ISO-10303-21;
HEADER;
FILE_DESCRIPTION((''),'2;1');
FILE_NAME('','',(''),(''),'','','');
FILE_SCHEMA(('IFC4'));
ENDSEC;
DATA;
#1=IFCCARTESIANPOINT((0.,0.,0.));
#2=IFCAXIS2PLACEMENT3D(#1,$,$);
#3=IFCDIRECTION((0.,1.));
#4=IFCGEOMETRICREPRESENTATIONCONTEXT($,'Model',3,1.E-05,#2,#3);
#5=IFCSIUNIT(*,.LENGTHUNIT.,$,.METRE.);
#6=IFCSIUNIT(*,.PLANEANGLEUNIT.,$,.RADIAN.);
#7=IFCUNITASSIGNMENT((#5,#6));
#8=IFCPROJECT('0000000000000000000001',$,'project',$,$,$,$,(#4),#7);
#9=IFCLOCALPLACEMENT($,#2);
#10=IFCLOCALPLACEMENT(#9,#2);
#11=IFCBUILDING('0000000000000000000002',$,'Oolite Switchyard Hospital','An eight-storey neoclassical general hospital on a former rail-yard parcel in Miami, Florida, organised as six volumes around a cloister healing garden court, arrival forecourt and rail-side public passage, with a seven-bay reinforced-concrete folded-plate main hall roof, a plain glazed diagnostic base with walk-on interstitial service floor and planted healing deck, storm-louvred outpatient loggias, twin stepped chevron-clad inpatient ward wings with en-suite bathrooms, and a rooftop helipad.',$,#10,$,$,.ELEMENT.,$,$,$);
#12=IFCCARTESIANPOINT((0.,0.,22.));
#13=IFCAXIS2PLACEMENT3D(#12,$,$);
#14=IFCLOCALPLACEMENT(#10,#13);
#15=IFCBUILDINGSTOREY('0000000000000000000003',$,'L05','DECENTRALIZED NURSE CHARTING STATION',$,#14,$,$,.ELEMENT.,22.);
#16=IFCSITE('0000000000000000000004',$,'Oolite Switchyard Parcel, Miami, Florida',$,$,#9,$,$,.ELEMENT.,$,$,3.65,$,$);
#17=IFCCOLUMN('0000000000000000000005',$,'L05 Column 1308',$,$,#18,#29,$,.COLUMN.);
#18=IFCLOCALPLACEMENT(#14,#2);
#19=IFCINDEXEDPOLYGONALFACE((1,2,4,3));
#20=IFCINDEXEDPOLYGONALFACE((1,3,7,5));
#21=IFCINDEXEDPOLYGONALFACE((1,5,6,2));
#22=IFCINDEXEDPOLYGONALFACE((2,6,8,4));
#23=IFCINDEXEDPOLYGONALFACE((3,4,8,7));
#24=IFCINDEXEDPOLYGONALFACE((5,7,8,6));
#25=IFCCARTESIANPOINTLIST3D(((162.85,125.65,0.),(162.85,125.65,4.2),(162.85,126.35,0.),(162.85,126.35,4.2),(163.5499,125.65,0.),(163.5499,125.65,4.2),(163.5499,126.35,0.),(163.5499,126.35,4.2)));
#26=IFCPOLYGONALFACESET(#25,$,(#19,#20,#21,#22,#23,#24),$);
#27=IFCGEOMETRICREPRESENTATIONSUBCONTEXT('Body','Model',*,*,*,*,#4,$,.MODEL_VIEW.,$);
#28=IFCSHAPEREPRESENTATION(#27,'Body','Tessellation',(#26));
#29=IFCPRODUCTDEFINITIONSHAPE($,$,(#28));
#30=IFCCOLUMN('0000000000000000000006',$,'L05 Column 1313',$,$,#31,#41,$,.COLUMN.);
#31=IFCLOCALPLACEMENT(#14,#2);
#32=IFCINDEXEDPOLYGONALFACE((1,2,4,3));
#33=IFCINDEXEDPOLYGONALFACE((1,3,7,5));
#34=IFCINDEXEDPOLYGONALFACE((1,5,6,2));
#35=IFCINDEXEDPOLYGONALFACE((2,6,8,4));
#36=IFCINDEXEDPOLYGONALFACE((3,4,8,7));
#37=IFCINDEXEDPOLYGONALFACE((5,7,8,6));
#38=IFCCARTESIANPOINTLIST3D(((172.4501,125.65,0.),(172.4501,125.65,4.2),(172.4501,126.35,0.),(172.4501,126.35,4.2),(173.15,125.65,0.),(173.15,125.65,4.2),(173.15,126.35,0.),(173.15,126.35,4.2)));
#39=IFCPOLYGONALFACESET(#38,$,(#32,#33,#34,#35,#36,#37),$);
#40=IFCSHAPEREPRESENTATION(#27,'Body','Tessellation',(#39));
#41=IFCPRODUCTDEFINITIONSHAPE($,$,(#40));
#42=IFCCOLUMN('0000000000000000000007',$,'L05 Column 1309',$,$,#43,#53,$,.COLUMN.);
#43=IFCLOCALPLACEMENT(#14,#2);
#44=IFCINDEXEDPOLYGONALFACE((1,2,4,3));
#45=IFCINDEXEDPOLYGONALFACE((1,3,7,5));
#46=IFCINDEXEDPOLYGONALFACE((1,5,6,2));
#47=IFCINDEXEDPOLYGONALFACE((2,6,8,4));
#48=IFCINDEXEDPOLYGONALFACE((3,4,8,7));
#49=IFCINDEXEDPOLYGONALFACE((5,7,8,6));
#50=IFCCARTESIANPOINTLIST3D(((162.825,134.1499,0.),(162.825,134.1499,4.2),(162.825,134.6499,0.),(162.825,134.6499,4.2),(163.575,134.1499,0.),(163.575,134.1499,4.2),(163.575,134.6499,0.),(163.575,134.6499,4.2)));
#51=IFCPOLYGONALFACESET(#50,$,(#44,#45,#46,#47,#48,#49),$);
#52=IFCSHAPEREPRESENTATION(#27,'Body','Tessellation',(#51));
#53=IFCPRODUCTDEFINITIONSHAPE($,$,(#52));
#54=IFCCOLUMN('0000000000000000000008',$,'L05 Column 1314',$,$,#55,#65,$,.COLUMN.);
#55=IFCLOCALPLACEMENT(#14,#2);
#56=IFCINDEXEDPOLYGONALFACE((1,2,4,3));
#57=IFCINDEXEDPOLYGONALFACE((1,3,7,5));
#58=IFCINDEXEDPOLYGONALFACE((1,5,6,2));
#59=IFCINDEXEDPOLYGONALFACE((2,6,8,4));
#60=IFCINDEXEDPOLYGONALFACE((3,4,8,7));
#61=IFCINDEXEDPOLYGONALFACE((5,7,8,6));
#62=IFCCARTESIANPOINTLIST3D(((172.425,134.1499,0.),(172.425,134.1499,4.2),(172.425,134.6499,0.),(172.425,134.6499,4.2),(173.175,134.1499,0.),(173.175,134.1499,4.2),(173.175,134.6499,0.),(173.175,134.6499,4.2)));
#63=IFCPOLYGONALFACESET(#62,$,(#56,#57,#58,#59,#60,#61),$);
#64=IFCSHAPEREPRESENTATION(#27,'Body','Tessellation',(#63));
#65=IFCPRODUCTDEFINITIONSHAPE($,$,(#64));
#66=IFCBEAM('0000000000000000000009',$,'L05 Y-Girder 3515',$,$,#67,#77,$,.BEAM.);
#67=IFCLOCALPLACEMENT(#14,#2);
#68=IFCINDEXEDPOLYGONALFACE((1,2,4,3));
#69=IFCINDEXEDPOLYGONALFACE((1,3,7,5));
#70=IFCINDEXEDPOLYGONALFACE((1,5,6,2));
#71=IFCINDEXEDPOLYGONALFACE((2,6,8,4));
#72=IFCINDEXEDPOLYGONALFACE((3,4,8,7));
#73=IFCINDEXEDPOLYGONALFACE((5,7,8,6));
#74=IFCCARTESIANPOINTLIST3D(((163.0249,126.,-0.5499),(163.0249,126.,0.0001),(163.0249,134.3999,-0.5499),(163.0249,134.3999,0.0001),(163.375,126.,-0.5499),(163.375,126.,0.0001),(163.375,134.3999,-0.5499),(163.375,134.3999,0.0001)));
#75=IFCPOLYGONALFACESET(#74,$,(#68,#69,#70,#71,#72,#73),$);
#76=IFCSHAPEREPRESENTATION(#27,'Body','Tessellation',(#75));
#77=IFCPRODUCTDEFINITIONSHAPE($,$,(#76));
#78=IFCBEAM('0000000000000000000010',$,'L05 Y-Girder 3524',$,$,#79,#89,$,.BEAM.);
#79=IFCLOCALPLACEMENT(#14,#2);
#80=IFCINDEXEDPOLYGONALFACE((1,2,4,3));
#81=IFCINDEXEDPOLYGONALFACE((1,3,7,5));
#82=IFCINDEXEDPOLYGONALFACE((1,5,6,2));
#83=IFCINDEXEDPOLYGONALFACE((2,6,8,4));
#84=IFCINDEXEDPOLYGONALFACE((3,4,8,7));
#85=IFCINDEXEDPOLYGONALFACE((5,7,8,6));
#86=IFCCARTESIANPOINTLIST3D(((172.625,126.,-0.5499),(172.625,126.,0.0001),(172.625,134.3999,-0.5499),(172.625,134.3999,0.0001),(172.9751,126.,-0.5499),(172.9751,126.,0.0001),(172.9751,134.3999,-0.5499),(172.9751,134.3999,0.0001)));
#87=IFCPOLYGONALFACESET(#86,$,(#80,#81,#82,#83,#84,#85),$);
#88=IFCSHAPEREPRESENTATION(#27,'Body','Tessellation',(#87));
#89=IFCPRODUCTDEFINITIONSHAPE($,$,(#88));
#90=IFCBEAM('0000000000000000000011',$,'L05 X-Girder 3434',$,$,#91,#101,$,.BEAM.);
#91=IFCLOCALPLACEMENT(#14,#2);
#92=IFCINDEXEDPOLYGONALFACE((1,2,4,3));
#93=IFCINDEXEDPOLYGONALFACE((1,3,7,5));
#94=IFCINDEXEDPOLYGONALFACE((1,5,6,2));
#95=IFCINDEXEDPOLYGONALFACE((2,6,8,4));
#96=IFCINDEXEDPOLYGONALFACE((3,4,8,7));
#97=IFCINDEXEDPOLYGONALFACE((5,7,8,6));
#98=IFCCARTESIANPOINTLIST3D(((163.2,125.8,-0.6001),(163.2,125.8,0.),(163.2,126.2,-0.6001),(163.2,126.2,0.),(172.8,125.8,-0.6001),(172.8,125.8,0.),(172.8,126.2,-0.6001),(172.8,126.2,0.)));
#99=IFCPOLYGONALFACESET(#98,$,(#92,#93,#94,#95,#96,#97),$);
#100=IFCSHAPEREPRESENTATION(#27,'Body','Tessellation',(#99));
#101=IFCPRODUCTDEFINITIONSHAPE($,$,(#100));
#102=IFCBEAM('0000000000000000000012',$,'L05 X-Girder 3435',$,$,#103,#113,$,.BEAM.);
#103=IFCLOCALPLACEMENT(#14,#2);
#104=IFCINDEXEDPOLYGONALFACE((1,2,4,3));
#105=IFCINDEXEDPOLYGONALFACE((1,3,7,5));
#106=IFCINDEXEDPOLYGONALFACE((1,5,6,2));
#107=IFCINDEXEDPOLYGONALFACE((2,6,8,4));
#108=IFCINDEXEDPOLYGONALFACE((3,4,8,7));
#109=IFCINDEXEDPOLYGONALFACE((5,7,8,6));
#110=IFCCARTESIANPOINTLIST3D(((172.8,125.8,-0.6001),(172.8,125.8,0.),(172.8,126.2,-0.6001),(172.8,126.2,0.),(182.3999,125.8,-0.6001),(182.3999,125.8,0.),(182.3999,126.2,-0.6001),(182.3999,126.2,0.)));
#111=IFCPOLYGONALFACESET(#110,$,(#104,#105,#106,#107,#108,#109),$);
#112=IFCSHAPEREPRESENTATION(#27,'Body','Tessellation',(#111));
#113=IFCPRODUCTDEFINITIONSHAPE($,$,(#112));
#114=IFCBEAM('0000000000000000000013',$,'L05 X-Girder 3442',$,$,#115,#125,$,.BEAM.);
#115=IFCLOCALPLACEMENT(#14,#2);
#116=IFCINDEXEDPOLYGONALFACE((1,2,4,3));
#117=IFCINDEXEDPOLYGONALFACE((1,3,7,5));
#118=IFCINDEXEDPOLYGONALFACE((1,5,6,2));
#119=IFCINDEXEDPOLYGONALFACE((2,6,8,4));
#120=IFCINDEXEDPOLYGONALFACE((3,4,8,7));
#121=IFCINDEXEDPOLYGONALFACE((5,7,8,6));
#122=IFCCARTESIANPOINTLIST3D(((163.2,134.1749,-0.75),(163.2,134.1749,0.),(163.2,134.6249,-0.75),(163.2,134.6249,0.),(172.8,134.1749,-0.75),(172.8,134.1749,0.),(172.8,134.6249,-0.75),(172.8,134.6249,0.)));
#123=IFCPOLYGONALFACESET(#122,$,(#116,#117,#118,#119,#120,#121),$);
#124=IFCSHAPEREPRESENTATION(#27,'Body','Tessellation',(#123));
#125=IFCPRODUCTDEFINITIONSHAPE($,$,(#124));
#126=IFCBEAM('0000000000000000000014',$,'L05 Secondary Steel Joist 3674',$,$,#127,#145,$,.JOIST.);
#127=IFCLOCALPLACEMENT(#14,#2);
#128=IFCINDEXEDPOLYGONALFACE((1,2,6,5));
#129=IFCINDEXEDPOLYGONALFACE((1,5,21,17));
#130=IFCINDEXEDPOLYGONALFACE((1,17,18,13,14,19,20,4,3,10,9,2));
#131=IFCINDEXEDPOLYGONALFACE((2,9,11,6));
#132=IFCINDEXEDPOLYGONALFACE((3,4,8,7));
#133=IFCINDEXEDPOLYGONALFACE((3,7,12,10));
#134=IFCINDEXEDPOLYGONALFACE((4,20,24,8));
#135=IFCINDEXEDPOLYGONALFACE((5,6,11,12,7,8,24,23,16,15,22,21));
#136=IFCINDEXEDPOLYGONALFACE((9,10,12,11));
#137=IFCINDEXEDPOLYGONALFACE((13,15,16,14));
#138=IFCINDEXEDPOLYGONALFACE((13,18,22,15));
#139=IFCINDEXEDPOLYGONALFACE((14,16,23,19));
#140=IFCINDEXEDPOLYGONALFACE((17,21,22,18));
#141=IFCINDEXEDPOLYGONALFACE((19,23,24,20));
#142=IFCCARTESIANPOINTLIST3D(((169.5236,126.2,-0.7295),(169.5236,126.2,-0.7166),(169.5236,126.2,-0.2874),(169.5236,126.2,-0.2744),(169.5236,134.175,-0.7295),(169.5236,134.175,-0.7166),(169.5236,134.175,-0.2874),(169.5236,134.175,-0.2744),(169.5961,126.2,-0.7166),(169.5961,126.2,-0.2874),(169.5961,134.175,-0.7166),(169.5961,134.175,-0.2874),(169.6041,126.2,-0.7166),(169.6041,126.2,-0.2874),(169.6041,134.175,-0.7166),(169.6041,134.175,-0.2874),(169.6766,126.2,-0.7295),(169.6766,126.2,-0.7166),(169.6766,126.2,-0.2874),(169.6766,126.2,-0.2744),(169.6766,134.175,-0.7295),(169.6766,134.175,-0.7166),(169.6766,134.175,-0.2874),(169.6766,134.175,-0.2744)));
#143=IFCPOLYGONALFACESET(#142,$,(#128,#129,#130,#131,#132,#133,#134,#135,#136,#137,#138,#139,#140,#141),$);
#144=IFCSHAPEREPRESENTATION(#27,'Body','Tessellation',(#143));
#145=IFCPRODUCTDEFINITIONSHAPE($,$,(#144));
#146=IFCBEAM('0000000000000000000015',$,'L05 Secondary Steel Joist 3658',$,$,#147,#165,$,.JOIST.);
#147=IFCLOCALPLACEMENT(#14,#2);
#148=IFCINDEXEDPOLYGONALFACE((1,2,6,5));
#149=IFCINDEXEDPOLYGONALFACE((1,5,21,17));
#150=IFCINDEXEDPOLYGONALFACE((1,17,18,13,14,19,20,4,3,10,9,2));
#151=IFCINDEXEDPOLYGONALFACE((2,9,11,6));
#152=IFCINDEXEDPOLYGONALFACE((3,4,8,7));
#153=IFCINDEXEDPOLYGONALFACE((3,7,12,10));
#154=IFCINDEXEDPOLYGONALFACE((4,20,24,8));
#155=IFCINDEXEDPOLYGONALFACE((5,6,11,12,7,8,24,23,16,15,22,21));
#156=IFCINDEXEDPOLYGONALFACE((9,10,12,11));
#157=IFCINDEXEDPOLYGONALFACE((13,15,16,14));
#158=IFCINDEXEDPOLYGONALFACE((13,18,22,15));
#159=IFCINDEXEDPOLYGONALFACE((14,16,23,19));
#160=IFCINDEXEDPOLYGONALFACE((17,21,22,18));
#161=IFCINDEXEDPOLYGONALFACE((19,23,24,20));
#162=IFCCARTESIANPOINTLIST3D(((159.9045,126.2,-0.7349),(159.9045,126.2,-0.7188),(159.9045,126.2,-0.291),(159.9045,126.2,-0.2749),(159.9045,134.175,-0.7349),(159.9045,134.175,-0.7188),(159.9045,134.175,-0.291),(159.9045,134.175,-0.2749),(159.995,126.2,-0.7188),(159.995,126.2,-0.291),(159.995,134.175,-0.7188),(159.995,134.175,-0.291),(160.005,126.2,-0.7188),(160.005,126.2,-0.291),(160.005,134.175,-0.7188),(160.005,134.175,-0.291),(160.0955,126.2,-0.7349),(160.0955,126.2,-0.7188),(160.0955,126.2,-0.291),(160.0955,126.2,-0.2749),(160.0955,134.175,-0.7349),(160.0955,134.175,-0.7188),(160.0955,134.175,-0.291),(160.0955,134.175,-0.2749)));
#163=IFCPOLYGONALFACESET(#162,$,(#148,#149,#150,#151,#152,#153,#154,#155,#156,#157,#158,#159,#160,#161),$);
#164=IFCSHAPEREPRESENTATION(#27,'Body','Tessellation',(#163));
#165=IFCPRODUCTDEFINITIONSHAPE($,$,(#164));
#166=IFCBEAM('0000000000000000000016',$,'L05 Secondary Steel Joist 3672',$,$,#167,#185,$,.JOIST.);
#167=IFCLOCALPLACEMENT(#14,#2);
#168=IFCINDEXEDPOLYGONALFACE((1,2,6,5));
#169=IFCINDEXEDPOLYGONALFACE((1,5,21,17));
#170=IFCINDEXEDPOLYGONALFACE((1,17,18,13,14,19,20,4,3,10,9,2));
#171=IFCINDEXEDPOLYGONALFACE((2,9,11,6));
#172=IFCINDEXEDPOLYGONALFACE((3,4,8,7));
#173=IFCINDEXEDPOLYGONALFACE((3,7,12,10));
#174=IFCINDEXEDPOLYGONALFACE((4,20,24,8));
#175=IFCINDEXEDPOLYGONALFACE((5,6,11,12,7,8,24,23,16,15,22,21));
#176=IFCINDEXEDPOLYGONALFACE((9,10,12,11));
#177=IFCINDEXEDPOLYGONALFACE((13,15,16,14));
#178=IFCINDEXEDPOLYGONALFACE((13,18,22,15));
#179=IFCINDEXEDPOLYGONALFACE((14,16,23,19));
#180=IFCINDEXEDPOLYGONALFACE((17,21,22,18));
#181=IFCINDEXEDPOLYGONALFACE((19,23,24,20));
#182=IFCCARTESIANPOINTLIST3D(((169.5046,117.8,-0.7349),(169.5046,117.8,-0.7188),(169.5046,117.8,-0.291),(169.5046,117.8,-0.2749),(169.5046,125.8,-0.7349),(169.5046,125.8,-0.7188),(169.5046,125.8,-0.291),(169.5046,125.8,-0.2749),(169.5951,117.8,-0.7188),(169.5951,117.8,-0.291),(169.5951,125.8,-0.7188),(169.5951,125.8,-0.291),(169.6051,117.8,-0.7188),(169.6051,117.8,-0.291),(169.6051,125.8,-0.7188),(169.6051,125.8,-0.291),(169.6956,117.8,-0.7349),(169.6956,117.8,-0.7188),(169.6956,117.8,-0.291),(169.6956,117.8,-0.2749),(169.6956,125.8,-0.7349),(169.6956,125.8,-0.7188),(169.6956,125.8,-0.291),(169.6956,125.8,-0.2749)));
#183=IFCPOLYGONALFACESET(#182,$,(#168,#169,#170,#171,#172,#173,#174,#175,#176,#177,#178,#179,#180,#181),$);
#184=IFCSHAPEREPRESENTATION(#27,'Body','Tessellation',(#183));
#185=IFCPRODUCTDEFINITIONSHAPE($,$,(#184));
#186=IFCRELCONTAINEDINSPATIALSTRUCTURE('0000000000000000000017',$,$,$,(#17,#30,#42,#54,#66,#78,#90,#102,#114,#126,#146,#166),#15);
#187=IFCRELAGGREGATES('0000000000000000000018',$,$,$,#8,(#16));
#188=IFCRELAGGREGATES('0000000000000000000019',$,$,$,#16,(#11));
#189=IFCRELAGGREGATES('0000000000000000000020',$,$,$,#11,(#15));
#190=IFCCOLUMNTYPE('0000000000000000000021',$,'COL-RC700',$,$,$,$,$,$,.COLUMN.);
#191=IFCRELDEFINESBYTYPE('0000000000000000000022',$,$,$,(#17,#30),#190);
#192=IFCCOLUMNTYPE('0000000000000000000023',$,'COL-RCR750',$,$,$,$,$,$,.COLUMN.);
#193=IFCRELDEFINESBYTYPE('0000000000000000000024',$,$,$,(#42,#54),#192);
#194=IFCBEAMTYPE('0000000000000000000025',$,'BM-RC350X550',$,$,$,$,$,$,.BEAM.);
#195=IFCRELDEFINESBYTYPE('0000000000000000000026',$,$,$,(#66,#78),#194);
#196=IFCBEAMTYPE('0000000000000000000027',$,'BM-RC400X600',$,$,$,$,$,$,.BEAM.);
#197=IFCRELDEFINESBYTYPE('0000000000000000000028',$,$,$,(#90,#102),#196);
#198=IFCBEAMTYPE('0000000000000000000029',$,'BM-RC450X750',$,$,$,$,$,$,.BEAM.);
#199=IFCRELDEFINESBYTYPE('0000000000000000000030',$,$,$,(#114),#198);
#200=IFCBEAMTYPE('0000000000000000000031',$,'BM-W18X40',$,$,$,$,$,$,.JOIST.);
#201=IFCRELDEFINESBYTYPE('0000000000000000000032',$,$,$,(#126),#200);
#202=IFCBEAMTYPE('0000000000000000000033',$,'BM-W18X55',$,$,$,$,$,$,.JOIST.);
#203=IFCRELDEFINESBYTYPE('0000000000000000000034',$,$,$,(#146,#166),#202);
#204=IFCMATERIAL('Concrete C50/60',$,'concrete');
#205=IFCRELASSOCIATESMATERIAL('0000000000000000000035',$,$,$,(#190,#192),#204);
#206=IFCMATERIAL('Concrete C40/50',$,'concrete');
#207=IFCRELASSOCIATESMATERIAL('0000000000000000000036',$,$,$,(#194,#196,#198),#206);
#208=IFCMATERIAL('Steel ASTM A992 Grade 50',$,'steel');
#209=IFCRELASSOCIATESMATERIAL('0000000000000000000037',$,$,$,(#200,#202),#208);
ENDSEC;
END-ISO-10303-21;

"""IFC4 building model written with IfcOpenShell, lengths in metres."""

from ifc_helpers import new_model, si_unit, direction, frame, origin, origin_2d, place, context, subcontext, project, spatial, rectangle, i_section, extrude, material, material_profile, profile_set, type_object, element, save


model = new_model("IFC4")

# Units and contexts
model_context = context("Model", 3, precision=1e-05, world=origin(), true_north=direction((0.0, 1.0)))
body_context = subcontext(model_context, "Body", "Model", "MODEL_VIEW")
ifc_project = project(units=[si_unit("LENGTHUNIT", "METRE"), si_unit("PLANEANGLEUNIT", "RADIAN")], contexts=[model_context])

# Site, building, storey
site_placement = place(None, origin())
site = spatial("IfcSite", under=ifc_project, at=site_placement, Name="Oolite Switchyard Parcel, Miami, Florida", CompositionType="ELEMENT", RefElevation=3.65)
building_placement = place(site_placement, origin())
building = spatial("IfcBuilding", under=site, at=building_placement, Name="Oolite Switchyard Hospital", Description="An eight-storey neoclassical general hospital on a former rail-yard parcel in Miami, Florida, organised as six volumes around a cloister healing garden court, arrival forecourt and rail-side public passage, with a seven-bay reinforced-concrete folded-plate main hall roof, a plain glazed diagnostic base with walk-on interstitial service floor and planted healing deck, storm-louvred outpatient loggias, twin stepped chevron-clad inpatient ward wings with en-suite bathrooms, and a rooftop helipad.", CompositionType="ELEMENT")
storey_placement = place(building_placement, frame((0.0, 0.0, 22.0)))
storey = spatial("IfcBuildingStorey", under=building, at=storey_placement, Name="L05", Description="DECENTRALIZED NURSE CHARTING STATION", CompositionType="ELEMENT", Elevation=22.0)

# Columns
ifc_material_1 = material(Name="Concrete C50/60", Category="concrete")
ifc_material_profile_1 = material_profile(ifc_material_1, rectangle(XDim=0.7, YDim=0.7, at=origin_2d()), Name="RC700X700")
ifc_profile_set_1 = profile_set([ifc_material_profile_1], Name="Concrete C50/60")
column_type_1 = type_object("IfcColumnType", Name="COL-RC700", PredefinedType="COLUMN", material=ifc_profile_set_1)
for number, where, z_axis, x_axis, name in (
    (1, (163.2, 126.0, 0.0), (0.0, 0.0, 1.0), (1.0, 0.0, 0.0), "L05 Column 1308"),
    (2, (172.8, 126.0, 0.0), (0.0, 0.0, 1.0), (1.0, 0.0, 0.0), "L05 Column 1313"),
):
    element("IfcColumn", number, at=place(storey_placement, frame(where, z_axis=z_axis, x_axis=x_axis)), inside=storey, type_object=column_type_1, Name=name, PredefinedType="COLUMN", context=body_context, shape_type="SweptSolid", body=[
        extrude(rectangle(XDim=0.7, YDim=0.7, at=origin_2d()), origin(), (0.0, 0.0, 1.0), 4.2),
    ])
ifc_material_profile_2 = material_profile(ifc_material_1, rectangle(XDim=0.75, YDim=0.5, at=origin_2d()), Name="RC750X500")
ifc_profile_set_2 = profile_set([ifc_material_profile_2], Name="Concrete C50/60")
column_type_2 = type_object("IfcColumnType", Name="COL-RCR750", PredefinedType="COLUMN", material=ifc_profile_set_2)
for number, where, z_axis, x_axis, name in (
    (3, (163.2, 134.3999, 0.0), (0.0, 0.0, 1.0), (1.0, 0.0, 0.0), "L05 Column 1309"),
    (4, (172.8, 134.3999, 0.0), (0.0, 0.0, 1.0), (1.0, 0.0, 0.0), "L05 Column 1314"),
):
    element("IfcColumn", number, at=place(storey_placement, frame(where, z_axis=z_axis, x_axis=x_axis)), inside=storey, type_object=column_type_2, Name=name, PredefinedType="COLUMN", context=body_context, shape_type="SweptSolid", body=[
        extrude(rectangle(XDim=0.75, YDim=0.5, at=origin_2d()), origin(), (0.0, 0.0, 1.0), 4.2),
    ])

# Beams
ifc_material_2 = material(Name="Concrete C40/50", Category="concrete")
ifc_material_profile_3 = material_profile(ifc_material_2, rectangle(XDim=0.3501, YDim=0.55, at=origin_2d()), Name="RCB350X550")
ifc_profile_set_3 = profile_set([ifc_material_profile_3], Name="Concrete C40/50")
beam_type_1 = type_object("IfcBeamType", Name="BM-RC350X550", PredefinedType="BEAM", material=ifc_profile_set_3)
for number, where, z_axis, x_axis, name in (
    (5, (163.2, 126.0, -0.2749), (0.0, 1.0, 0.0), (-1.0, 0.0, 0.0), "L05 Y-Girder 3515"),
    (6, (172.8, 126.0, -0.2749), (0.0, 1.0, 0.0), (-1.0, 0.0, 0.0), "L05 Y-Girder 3524"),
):
    element("IfcBeam", number, at=place(storey_placement, frame(where, z_axis=z_axis, x_axis=x_axis)), inside=storey, type_object=beam_type_1, Name=name, PredefinedType="BEAM", context=body_context, shape_type="SweptSolid", body=[
        extrude(rectangle(XDim=0.3501, YDim=0.55, at=origin_2d()), origin(), (0.0, 0.0, 1.0), 8.3999),
    ])
ifc_material_profile_4 = material_profile(ifc_material_2, rectangle(XDim=0.3999, YDim=0.6001, at=origin_2d()), Name="RCB400X600")
ifc_profile_set_4 = profile_set([ifc_material_profile_4], Name="Concrete C40/50")
beam_type_2 = type_object("IfcBeamType", Name="BM-RC400X600", PredefinedType="BEAM", material=ifc_profile_set_4)
beam_1_placement = place(storey_placement, frame((163.2, 126.0, -0.3), z_axis=(1.0, 0.0, 0.0), x_axis=(0.0, 1.0, 0.0)))
element("IfcBeam", 7, at=beam_1_placement, inside=storey, type_object=beam_type_2, Name="L05 X-Girder 3434", PredefinedType="BEAM", context=body_context, shape_type="SweptSolid", body=[
    extrude(rectangle(XDim=0.3999, YDim=0.6001, at=origin_2d()), origin(), (0.0, 0.0, 1.0), 9.6001),
])
beam_2_placement = place(storey_placement, frame((172.8, 126.0, -0.3), z_axis=(1.0, 0.0, 0.0), x_axis=(0.0, 1.0, 0.0)))
element("IfcBeam", 8, at=beam_2_placement, inside=storey, type_object=beam_type_2, Name="L05 X-Girder 3435", PredefinedType="BEAM", context=body_context, shape_type="SweptSolid", body=[
    extrude(rectangle(XDim=0.3999, YDim=0.6001, at=origin_2d()), origin(), (0.0, 0.0, 1.0), 9.5999),
])
ifc_material_profile_5 = material_profile(ifc_material_2, rectangle(XDim=0.45, YDim=0.75, at=origin_2d()), Name="RCB450X750")
ifc_profile_set_5 = profile_set([ifc_material_profile_5], Name="Concrete C40/50")
beam_type_3 = type_object("IfcBeamType", Name="BM-RC450X750", PredefinedType="BEAM", material=ifc_profile_set_5)
beam_3_placement = place(storey_placement, frame((163.2, 134.3999, -0.375), z_axis=(1.0, 0.0, 0.0), x_axis=(0.0, 1.0, 0.0)))
element("IfcBeam", 9, at=beam_3_placement, inside=storey, type_object=beam_type_3, Name="L05 X-Girder 3442", PredefinedType="BEAM", context=body_context, shape_type="SweptSolid", body=[
    extrude(rectangle(XDim=0.45, YDim=0.75, at=origin_2d()), origin(), (0.0, 0.0, 1.0), 9.6001),
])
ifc_material_3 = material(Name="Steel ASTM A992 Grade 50", Category="steel")
ifc_material_profile_6 = material_profile(ifc_material_3, i_section(OverallWidth=0.1531, OverallDepth=0.4551, WebThickness=0.0081, FlangeThickness=0.0129, at=origin_2d()), Name="W18X40")
ifc_profile_set_6 = profile_set([ifc_material_profile_6], Name="Steel ASTM A992 Grade 50")
beam_type_4 = type_object("IfcBeamType", Name="BM-W18X40", PredefinedType="JOIST", material=ifc_profile_set_6)
beam_4_placement = place(storey_placement, frame((169.6001, 126.2, -0.502), z_axis=(0.0, 1.0, 0.0), x_axis=(-1.0, 0.0, 0.0)))
element("IfcBeam", 10, at=beam_4_placement, inside=storey, type_object=beam_type_4, Name="L05 Secondary Steel Joist 3674", PredefinedType="JOIST", context=body_context, shape_type="SweptSolid", body=[
    extrude(i_section(OverallWidth=0.1531, OverallDepth=0.4551, WebThickness=0.0081, FlangeThickness=0.0129, at=origin_2d()), origin(), (0.0, 0.0, 1.0), 7.9751),
])
ifc_material_profile_7 = material_profile(ifc_material_3, i_section(OverallWidth=0.1909, OverallDepth=0.46, WebThickness=0.01, FlangeThickness=0.0161, at=origin_2d()), Name="W18X55")
ifc_profile_set_7 = profile_set([ifc_material_profile_7], Name="Steel ASTM A992 Grade 50")
beam_type_5 = type_object("IfcBeamType", Name="BM-W18X55", PredefinedType="JOIST", material=ifc_profile_set_7)
beam_5_placement = place(storey_placement, frame((160.0, 126.2, -0.5049), z_axis=(0.0, 1.0, 0.0), x_axis=(-1.0, 0.0, 0.0)))
element("IfcBeam", 11, at=beam_5_placement, inside=storey, type_object=beam_type_5, Name="L05 Secondary Steel Joist 3658", PredefinedType="JOIST", context=body_context, shape_type="SweptSolid", body=[
    extrude(i_section(OverallWidth=0.1909, OverallDepth=0.46, WebThickness=0.01, FlangeThickness=0.0161, at=origin_2d()), origin(), (0.0, 0.0, 1.0), 7.9751),
])
beam_6_placement = place(storey_placement, frame((169.6001, 117.8, -0.5049), z_axis=(0.0, 1.0, 0.0), x_axis=(-1.0, 0.0, 0.0)))
element("IfcBeam", 12, at=beam_6_placement, inside=storey, type_object=beam_type_5, Name="L05 Secondary Steel Joist 3672", PredefinedType="JOIST", context=body_context, shape_type="SweptSolid", body=[
    extrude(i_section(OverallWidth=0.1909, OverallDepth=0.46, WebThickness=0.01, FlangeThickness=0.0161, at=origin_2d()), origin(), (0.0, 0.0, 1.0), 8.0),
])

save(model, "model.ifc")
